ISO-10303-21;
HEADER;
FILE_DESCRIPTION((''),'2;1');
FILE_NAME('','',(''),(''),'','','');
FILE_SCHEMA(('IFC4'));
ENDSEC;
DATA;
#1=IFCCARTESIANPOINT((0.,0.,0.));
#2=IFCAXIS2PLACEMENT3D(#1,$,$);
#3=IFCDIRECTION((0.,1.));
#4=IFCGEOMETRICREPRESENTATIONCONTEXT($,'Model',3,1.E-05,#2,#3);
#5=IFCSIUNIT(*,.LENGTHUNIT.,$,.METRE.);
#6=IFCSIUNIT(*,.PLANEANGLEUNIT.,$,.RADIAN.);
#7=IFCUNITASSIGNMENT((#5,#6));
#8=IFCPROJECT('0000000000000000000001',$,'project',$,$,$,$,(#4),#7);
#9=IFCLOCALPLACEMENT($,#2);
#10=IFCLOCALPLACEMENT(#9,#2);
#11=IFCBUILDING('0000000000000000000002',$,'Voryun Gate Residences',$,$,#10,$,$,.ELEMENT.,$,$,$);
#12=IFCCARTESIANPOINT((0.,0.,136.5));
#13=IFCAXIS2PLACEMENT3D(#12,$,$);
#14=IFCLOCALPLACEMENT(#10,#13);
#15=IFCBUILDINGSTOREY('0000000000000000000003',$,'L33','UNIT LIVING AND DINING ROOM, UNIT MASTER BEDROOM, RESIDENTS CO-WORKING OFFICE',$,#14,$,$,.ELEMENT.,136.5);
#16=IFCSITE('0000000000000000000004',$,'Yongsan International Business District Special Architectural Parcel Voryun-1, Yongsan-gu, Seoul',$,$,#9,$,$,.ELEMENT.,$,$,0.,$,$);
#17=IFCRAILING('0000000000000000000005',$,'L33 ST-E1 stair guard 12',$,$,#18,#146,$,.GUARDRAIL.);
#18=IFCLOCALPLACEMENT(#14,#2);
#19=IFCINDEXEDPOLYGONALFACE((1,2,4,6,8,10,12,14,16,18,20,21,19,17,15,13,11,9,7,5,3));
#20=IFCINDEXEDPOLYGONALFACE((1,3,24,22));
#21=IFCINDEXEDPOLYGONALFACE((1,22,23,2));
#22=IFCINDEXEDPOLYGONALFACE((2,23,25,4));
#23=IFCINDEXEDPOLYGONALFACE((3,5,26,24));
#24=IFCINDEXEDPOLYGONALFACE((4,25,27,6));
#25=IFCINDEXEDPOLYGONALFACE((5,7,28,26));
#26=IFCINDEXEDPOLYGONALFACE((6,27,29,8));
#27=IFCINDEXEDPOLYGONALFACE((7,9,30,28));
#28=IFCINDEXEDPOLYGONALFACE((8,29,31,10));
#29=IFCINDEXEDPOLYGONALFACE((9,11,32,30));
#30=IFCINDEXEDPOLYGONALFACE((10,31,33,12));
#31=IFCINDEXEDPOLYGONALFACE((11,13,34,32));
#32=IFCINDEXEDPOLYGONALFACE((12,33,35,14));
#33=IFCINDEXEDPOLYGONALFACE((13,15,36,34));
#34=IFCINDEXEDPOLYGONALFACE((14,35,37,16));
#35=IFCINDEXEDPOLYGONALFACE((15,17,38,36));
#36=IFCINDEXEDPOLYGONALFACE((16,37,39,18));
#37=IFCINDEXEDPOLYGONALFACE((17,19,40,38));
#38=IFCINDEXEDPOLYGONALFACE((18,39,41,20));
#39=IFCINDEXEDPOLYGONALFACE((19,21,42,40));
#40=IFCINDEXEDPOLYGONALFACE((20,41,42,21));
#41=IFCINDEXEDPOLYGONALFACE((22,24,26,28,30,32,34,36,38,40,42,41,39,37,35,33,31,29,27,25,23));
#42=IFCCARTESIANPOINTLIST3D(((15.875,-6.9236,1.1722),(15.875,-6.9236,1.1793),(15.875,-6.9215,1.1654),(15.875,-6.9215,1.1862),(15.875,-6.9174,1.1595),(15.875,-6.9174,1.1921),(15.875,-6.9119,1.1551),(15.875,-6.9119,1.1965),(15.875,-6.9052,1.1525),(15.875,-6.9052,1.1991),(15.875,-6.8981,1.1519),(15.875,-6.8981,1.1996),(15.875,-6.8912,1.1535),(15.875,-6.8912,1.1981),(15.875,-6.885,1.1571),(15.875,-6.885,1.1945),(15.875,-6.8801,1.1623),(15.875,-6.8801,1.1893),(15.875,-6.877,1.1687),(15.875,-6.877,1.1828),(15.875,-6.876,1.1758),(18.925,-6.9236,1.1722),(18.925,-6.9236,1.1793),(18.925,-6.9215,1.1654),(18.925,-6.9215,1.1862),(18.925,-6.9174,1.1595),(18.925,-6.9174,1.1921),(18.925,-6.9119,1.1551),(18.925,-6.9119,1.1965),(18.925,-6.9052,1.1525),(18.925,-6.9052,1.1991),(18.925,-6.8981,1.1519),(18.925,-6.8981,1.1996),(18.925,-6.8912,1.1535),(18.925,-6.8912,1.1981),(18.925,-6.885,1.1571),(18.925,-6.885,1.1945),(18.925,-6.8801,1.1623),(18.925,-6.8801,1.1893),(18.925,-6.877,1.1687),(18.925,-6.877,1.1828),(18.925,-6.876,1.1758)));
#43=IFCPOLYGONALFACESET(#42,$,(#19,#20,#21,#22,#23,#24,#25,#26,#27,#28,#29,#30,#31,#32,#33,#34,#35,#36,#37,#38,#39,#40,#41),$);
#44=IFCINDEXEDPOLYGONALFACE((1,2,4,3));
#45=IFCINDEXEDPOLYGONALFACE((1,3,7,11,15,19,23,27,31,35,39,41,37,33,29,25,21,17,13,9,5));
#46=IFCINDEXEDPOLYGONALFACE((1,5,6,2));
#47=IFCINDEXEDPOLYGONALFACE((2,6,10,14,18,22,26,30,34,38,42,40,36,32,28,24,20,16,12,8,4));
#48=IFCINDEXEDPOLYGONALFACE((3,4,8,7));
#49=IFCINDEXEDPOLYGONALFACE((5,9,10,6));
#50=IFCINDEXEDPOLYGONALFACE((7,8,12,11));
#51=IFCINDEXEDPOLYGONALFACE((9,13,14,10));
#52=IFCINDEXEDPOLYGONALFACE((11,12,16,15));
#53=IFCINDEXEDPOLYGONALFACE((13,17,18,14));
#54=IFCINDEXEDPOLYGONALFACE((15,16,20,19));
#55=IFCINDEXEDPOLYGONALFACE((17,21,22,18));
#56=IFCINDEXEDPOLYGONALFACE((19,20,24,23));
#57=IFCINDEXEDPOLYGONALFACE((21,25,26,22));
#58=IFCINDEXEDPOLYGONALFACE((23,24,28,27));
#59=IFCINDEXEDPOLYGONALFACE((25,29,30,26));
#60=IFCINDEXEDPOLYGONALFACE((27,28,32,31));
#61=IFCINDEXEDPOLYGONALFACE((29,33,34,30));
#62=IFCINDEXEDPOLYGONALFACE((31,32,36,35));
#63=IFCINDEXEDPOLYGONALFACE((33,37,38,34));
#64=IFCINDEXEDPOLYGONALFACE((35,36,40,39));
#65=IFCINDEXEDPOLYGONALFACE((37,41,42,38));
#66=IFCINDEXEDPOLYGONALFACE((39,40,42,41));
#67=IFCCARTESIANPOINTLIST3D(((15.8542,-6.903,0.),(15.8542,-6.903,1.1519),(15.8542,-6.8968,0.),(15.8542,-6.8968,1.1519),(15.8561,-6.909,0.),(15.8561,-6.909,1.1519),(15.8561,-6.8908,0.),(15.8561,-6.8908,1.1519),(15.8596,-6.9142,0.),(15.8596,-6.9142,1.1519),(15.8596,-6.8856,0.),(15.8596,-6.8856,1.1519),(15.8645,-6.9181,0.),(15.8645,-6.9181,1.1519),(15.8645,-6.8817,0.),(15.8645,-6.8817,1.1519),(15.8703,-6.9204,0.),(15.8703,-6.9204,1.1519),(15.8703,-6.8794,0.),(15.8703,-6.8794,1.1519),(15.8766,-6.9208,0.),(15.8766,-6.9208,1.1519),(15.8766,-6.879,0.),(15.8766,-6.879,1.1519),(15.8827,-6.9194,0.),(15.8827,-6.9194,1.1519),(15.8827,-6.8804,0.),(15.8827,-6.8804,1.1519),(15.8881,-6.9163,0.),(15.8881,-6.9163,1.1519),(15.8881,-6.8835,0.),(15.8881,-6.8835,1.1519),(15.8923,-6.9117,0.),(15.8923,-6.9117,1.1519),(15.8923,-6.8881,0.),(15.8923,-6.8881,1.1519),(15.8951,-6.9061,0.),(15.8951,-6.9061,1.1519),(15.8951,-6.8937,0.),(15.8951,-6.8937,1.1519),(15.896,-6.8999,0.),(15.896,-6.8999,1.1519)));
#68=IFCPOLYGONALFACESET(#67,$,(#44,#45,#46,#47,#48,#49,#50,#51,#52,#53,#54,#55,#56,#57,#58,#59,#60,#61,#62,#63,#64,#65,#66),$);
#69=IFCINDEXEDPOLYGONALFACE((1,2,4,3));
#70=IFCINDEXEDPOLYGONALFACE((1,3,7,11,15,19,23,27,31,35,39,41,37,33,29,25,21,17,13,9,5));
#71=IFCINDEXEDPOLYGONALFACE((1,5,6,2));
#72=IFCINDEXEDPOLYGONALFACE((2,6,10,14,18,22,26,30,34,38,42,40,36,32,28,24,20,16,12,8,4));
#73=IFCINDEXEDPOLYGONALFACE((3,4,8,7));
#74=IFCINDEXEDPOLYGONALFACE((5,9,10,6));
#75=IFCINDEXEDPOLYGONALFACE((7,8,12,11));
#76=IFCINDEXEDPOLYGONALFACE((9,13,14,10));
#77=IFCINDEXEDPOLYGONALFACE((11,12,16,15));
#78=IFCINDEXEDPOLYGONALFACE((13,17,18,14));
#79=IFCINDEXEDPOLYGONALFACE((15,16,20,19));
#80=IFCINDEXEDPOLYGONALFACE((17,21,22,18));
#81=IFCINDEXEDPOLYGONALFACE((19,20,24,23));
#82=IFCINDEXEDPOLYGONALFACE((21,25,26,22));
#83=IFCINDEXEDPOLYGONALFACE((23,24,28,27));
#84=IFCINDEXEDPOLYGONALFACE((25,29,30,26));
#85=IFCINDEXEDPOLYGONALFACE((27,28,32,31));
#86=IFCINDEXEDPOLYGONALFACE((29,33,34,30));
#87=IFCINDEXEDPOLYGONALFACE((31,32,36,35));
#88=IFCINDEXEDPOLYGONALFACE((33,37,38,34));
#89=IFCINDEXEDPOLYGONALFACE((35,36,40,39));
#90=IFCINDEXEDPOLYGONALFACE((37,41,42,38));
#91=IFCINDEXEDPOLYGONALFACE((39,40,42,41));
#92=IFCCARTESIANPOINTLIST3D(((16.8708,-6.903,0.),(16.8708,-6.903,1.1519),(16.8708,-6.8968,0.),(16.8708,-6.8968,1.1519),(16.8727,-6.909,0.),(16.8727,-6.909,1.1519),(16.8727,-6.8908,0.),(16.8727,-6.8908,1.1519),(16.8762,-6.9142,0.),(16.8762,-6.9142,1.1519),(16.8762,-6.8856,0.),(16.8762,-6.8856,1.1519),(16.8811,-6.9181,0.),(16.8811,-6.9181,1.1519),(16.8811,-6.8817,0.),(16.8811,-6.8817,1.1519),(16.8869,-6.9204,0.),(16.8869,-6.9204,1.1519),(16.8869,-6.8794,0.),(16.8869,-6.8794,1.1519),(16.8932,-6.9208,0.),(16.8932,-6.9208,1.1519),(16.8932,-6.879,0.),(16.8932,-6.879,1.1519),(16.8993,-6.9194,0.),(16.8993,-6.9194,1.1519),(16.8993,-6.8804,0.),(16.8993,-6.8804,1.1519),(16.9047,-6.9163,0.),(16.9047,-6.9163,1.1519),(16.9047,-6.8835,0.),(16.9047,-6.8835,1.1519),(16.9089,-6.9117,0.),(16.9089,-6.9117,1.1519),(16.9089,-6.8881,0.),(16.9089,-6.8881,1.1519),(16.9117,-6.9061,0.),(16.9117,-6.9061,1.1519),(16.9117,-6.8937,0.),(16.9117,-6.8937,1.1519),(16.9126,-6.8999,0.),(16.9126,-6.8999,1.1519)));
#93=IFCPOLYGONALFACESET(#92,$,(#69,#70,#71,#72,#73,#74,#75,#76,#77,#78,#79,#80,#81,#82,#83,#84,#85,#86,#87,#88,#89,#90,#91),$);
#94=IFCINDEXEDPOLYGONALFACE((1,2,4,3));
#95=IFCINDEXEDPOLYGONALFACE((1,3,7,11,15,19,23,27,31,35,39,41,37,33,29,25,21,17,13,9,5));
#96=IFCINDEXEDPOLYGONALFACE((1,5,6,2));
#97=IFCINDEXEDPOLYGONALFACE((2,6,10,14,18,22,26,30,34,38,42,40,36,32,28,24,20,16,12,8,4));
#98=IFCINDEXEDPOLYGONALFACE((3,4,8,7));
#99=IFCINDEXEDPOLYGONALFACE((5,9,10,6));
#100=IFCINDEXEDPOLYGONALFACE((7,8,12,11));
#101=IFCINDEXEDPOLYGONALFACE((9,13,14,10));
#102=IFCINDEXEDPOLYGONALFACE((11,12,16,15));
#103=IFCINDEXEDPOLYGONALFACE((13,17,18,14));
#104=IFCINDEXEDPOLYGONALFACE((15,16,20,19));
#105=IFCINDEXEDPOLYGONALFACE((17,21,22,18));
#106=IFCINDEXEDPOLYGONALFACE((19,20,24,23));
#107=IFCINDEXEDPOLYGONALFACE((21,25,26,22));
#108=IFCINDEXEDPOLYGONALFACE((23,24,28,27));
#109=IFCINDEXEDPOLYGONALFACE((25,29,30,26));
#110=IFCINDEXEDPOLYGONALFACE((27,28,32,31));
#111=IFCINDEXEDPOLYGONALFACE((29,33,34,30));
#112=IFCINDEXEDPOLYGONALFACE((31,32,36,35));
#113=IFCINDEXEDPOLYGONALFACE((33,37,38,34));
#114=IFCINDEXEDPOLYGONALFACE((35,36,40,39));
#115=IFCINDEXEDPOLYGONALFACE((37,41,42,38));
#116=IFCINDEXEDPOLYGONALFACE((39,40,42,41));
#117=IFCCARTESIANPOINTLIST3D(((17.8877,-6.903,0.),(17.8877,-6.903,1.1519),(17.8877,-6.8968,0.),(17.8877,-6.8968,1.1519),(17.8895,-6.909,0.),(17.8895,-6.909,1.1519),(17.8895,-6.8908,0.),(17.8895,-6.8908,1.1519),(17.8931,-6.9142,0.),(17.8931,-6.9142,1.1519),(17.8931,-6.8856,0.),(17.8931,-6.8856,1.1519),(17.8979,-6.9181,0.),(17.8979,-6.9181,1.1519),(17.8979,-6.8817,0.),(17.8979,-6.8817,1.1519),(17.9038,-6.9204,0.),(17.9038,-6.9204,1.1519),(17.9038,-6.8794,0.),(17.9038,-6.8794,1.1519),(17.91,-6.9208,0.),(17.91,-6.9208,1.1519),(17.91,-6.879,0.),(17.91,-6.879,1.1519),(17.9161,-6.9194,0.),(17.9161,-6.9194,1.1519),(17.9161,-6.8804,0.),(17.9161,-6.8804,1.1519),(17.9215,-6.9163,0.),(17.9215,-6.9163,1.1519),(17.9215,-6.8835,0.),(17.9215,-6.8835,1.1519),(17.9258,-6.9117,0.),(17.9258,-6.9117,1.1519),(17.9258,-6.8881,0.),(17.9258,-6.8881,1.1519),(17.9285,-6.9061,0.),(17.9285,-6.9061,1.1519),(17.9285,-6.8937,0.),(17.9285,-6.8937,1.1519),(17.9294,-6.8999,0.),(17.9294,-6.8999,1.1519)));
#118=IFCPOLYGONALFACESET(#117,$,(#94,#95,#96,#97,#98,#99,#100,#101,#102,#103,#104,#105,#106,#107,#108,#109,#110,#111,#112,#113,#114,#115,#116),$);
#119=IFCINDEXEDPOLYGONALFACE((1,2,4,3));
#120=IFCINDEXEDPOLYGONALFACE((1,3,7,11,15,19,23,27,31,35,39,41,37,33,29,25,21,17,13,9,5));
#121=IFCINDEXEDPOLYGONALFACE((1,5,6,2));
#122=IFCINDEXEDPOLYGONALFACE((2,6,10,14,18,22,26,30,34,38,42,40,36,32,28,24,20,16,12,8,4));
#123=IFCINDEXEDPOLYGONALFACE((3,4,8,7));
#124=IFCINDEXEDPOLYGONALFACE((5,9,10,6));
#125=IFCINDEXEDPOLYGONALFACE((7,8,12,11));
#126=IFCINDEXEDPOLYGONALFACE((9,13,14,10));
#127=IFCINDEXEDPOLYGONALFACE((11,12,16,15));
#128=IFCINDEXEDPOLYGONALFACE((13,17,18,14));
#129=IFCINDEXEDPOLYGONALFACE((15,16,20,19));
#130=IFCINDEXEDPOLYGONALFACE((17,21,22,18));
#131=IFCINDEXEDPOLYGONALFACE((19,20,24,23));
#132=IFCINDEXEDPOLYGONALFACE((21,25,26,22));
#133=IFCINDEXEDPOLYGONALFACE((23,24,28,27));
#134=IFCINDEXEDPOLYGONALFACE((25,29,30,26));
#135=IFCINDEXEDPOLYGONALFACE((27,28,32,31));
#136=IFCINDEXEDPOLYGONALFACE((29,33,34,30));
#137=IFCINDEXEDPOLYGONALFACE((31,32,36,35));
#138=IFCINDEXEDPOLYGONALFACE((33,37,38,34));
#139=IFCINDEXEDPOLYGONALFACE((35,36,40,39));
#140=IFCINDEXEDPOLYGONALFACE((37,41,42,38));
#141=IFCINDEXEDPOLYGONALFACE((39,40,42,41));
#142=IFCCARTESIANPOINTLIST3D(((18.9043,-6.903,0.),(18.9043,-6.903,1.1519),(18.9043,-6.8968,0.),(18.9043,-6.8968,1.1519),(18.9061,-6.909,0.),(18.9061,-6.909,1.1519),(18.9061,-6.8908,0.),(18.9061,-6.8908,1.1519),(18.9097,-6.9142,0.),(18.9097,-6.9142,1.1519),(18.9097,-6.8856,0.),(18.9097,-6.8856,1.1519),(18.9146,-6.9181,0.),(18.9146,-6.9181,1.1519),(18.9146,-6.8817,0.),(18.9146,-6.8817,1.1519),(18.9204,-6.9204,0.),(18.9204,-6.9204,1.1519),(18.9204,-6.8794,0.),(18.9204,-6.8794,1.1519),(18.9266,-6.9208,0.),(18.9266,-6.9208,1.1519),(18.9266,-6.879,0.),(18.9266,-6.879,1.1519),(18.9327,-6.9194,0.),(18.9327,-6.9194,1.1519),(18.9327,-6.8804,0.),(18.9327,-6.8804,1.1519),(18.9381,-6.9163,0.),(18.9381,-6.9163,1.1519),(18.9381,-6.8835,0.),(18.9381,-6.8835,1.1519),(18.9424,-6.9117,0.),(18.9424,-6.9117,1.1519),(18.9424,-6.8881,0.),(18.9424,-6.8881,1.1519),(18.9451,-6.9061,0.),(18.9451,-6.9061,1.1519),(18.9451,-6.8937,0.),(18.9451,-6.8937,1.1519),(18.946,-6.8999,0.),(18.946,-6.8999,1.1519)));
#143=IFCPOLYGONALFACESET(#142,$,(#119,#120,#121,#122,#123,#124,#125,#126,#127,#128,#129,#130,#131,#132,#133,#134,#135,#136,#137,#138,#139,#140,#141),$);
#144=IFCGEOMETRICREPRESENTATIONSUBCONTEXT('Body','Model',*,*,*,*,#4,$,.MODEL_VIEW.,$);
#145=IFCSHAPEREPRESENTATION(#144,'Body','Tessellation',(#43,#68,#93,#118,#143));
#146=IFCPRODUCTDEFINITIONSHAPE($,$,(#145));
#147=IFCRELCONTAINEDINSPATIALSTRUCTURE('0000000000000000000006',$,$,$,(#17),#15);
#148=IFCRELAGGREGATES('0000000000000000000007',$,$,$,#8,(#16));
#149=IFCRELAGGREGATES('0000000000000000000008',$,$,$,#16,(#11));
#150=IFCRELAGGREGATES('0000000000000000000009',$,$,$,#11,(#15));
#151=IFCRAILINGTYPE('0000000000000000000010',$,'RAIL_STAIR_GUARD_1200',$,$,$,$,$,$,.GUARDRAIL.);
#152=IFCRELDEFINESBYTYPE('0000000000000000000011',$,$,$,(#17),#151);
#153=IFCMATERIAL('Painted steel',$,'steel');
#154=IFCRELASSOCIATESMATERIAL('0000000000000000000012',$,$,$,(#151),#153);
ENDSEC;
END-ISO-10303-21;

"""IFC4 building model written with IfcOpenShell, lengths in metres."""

from ifc_helpers import new_model, si_unit, direction, frame, origin, origin_2d, place, context, subcontext, project, spatial, circle, extrude, material, type_object, element, save


model = new_model("IFC4")

# Units and contexts
model_context = context("Model", 3, precision=1e-05, world=origin(), true_north=direction((0.0, 1.0)))
body_context = subcontext(model_context, "Body", "Model", "MODEL_VIEW")
ifc_project = project(units=[si_unit("LENGTHUNIT", "METRE"), si_unit("PLANEANGLEUNIT", "RADIAN")], contexts=[model_context])

# Site, building, storey
site_placement = place(None, origin())
site = spatial("IfcSite", under=ifc_project, at=site_placement, Name="Yongsan International Business District Special Architectural Parcel Voryun-1, Yongsan-gu, Seoul", CompositionType="ELEMENT", RefElevation=0.0)
building_placement = place(site_placement, origin())
building = spatial("IfcBuilding", under=site, at=building_placement, Name="Voryun Gate Residences", CompositionType="ELEMENT")
storey_placement = place(building_placement, frame((0.0, 0.0, 136.5)))
storey = spatial("IfcBuildingStorey", under=building, at=storey_placement, Name="L33", Description="UNIT LIVING AND DINING ROOM, UNIT MASTER BEDROOM, RESIDENTS CO-WORKING OFFICE", CompositionType="ELEMENT", Elevation=136.5)

# Railing
ifc_material_1 = material(Name="Painted steel", Category="steel")
railing_type_1 = type_object("IfcRailingType", Name="RAIL_STAIR_GUARD_1200", PredefinedType="GUARDRAIL", material=ifc_material_1)
railing_1_placement = place(storey_placement, frame((15.875, -6.8999, 0.0)))
element("IfcRailing", 1, at=railing_1_placement, inside=storey, type_object=railing_type_1, Name="L33 ST-E1 stair guard 12", PredefinedType="GUARDRAIL", context=body_context, shape_type="SweptSolid", body=[
    extrude(circle(Radius=0.0239, at=origin_2d()), frame((0.0, 0.0, 1.1758), z_axis=(1.0, 0.0, 0.0), x_axis=(0.0, 1.0, 0.0)), (0.0, 0.0, 1.0), 3.05),
    extrude(circle(Radius=0.021, at=origin_2d()), origin(), (0.0, 0.0, 1.0), 1.1519),
    extrude(circle(Radius=0.021, at=origin_2d()), frame((1.0166, 0.0, 0.0)), (0.0, 0.0, 1.0), 1.1519),
    extrude(circle(Radius=0.021, at=origin_2d()), frame((2.0334, 0.0, 0.0)), (0.0, 0.0, 1.0), 1.1519),
    extrude(circle(Radius=0.021, at=origin_2d()), frame((3.05, 0.0, 0.0)), (0.0, 0.0, 1.0), 1.1519),
])

save(model, "model.ifc")
